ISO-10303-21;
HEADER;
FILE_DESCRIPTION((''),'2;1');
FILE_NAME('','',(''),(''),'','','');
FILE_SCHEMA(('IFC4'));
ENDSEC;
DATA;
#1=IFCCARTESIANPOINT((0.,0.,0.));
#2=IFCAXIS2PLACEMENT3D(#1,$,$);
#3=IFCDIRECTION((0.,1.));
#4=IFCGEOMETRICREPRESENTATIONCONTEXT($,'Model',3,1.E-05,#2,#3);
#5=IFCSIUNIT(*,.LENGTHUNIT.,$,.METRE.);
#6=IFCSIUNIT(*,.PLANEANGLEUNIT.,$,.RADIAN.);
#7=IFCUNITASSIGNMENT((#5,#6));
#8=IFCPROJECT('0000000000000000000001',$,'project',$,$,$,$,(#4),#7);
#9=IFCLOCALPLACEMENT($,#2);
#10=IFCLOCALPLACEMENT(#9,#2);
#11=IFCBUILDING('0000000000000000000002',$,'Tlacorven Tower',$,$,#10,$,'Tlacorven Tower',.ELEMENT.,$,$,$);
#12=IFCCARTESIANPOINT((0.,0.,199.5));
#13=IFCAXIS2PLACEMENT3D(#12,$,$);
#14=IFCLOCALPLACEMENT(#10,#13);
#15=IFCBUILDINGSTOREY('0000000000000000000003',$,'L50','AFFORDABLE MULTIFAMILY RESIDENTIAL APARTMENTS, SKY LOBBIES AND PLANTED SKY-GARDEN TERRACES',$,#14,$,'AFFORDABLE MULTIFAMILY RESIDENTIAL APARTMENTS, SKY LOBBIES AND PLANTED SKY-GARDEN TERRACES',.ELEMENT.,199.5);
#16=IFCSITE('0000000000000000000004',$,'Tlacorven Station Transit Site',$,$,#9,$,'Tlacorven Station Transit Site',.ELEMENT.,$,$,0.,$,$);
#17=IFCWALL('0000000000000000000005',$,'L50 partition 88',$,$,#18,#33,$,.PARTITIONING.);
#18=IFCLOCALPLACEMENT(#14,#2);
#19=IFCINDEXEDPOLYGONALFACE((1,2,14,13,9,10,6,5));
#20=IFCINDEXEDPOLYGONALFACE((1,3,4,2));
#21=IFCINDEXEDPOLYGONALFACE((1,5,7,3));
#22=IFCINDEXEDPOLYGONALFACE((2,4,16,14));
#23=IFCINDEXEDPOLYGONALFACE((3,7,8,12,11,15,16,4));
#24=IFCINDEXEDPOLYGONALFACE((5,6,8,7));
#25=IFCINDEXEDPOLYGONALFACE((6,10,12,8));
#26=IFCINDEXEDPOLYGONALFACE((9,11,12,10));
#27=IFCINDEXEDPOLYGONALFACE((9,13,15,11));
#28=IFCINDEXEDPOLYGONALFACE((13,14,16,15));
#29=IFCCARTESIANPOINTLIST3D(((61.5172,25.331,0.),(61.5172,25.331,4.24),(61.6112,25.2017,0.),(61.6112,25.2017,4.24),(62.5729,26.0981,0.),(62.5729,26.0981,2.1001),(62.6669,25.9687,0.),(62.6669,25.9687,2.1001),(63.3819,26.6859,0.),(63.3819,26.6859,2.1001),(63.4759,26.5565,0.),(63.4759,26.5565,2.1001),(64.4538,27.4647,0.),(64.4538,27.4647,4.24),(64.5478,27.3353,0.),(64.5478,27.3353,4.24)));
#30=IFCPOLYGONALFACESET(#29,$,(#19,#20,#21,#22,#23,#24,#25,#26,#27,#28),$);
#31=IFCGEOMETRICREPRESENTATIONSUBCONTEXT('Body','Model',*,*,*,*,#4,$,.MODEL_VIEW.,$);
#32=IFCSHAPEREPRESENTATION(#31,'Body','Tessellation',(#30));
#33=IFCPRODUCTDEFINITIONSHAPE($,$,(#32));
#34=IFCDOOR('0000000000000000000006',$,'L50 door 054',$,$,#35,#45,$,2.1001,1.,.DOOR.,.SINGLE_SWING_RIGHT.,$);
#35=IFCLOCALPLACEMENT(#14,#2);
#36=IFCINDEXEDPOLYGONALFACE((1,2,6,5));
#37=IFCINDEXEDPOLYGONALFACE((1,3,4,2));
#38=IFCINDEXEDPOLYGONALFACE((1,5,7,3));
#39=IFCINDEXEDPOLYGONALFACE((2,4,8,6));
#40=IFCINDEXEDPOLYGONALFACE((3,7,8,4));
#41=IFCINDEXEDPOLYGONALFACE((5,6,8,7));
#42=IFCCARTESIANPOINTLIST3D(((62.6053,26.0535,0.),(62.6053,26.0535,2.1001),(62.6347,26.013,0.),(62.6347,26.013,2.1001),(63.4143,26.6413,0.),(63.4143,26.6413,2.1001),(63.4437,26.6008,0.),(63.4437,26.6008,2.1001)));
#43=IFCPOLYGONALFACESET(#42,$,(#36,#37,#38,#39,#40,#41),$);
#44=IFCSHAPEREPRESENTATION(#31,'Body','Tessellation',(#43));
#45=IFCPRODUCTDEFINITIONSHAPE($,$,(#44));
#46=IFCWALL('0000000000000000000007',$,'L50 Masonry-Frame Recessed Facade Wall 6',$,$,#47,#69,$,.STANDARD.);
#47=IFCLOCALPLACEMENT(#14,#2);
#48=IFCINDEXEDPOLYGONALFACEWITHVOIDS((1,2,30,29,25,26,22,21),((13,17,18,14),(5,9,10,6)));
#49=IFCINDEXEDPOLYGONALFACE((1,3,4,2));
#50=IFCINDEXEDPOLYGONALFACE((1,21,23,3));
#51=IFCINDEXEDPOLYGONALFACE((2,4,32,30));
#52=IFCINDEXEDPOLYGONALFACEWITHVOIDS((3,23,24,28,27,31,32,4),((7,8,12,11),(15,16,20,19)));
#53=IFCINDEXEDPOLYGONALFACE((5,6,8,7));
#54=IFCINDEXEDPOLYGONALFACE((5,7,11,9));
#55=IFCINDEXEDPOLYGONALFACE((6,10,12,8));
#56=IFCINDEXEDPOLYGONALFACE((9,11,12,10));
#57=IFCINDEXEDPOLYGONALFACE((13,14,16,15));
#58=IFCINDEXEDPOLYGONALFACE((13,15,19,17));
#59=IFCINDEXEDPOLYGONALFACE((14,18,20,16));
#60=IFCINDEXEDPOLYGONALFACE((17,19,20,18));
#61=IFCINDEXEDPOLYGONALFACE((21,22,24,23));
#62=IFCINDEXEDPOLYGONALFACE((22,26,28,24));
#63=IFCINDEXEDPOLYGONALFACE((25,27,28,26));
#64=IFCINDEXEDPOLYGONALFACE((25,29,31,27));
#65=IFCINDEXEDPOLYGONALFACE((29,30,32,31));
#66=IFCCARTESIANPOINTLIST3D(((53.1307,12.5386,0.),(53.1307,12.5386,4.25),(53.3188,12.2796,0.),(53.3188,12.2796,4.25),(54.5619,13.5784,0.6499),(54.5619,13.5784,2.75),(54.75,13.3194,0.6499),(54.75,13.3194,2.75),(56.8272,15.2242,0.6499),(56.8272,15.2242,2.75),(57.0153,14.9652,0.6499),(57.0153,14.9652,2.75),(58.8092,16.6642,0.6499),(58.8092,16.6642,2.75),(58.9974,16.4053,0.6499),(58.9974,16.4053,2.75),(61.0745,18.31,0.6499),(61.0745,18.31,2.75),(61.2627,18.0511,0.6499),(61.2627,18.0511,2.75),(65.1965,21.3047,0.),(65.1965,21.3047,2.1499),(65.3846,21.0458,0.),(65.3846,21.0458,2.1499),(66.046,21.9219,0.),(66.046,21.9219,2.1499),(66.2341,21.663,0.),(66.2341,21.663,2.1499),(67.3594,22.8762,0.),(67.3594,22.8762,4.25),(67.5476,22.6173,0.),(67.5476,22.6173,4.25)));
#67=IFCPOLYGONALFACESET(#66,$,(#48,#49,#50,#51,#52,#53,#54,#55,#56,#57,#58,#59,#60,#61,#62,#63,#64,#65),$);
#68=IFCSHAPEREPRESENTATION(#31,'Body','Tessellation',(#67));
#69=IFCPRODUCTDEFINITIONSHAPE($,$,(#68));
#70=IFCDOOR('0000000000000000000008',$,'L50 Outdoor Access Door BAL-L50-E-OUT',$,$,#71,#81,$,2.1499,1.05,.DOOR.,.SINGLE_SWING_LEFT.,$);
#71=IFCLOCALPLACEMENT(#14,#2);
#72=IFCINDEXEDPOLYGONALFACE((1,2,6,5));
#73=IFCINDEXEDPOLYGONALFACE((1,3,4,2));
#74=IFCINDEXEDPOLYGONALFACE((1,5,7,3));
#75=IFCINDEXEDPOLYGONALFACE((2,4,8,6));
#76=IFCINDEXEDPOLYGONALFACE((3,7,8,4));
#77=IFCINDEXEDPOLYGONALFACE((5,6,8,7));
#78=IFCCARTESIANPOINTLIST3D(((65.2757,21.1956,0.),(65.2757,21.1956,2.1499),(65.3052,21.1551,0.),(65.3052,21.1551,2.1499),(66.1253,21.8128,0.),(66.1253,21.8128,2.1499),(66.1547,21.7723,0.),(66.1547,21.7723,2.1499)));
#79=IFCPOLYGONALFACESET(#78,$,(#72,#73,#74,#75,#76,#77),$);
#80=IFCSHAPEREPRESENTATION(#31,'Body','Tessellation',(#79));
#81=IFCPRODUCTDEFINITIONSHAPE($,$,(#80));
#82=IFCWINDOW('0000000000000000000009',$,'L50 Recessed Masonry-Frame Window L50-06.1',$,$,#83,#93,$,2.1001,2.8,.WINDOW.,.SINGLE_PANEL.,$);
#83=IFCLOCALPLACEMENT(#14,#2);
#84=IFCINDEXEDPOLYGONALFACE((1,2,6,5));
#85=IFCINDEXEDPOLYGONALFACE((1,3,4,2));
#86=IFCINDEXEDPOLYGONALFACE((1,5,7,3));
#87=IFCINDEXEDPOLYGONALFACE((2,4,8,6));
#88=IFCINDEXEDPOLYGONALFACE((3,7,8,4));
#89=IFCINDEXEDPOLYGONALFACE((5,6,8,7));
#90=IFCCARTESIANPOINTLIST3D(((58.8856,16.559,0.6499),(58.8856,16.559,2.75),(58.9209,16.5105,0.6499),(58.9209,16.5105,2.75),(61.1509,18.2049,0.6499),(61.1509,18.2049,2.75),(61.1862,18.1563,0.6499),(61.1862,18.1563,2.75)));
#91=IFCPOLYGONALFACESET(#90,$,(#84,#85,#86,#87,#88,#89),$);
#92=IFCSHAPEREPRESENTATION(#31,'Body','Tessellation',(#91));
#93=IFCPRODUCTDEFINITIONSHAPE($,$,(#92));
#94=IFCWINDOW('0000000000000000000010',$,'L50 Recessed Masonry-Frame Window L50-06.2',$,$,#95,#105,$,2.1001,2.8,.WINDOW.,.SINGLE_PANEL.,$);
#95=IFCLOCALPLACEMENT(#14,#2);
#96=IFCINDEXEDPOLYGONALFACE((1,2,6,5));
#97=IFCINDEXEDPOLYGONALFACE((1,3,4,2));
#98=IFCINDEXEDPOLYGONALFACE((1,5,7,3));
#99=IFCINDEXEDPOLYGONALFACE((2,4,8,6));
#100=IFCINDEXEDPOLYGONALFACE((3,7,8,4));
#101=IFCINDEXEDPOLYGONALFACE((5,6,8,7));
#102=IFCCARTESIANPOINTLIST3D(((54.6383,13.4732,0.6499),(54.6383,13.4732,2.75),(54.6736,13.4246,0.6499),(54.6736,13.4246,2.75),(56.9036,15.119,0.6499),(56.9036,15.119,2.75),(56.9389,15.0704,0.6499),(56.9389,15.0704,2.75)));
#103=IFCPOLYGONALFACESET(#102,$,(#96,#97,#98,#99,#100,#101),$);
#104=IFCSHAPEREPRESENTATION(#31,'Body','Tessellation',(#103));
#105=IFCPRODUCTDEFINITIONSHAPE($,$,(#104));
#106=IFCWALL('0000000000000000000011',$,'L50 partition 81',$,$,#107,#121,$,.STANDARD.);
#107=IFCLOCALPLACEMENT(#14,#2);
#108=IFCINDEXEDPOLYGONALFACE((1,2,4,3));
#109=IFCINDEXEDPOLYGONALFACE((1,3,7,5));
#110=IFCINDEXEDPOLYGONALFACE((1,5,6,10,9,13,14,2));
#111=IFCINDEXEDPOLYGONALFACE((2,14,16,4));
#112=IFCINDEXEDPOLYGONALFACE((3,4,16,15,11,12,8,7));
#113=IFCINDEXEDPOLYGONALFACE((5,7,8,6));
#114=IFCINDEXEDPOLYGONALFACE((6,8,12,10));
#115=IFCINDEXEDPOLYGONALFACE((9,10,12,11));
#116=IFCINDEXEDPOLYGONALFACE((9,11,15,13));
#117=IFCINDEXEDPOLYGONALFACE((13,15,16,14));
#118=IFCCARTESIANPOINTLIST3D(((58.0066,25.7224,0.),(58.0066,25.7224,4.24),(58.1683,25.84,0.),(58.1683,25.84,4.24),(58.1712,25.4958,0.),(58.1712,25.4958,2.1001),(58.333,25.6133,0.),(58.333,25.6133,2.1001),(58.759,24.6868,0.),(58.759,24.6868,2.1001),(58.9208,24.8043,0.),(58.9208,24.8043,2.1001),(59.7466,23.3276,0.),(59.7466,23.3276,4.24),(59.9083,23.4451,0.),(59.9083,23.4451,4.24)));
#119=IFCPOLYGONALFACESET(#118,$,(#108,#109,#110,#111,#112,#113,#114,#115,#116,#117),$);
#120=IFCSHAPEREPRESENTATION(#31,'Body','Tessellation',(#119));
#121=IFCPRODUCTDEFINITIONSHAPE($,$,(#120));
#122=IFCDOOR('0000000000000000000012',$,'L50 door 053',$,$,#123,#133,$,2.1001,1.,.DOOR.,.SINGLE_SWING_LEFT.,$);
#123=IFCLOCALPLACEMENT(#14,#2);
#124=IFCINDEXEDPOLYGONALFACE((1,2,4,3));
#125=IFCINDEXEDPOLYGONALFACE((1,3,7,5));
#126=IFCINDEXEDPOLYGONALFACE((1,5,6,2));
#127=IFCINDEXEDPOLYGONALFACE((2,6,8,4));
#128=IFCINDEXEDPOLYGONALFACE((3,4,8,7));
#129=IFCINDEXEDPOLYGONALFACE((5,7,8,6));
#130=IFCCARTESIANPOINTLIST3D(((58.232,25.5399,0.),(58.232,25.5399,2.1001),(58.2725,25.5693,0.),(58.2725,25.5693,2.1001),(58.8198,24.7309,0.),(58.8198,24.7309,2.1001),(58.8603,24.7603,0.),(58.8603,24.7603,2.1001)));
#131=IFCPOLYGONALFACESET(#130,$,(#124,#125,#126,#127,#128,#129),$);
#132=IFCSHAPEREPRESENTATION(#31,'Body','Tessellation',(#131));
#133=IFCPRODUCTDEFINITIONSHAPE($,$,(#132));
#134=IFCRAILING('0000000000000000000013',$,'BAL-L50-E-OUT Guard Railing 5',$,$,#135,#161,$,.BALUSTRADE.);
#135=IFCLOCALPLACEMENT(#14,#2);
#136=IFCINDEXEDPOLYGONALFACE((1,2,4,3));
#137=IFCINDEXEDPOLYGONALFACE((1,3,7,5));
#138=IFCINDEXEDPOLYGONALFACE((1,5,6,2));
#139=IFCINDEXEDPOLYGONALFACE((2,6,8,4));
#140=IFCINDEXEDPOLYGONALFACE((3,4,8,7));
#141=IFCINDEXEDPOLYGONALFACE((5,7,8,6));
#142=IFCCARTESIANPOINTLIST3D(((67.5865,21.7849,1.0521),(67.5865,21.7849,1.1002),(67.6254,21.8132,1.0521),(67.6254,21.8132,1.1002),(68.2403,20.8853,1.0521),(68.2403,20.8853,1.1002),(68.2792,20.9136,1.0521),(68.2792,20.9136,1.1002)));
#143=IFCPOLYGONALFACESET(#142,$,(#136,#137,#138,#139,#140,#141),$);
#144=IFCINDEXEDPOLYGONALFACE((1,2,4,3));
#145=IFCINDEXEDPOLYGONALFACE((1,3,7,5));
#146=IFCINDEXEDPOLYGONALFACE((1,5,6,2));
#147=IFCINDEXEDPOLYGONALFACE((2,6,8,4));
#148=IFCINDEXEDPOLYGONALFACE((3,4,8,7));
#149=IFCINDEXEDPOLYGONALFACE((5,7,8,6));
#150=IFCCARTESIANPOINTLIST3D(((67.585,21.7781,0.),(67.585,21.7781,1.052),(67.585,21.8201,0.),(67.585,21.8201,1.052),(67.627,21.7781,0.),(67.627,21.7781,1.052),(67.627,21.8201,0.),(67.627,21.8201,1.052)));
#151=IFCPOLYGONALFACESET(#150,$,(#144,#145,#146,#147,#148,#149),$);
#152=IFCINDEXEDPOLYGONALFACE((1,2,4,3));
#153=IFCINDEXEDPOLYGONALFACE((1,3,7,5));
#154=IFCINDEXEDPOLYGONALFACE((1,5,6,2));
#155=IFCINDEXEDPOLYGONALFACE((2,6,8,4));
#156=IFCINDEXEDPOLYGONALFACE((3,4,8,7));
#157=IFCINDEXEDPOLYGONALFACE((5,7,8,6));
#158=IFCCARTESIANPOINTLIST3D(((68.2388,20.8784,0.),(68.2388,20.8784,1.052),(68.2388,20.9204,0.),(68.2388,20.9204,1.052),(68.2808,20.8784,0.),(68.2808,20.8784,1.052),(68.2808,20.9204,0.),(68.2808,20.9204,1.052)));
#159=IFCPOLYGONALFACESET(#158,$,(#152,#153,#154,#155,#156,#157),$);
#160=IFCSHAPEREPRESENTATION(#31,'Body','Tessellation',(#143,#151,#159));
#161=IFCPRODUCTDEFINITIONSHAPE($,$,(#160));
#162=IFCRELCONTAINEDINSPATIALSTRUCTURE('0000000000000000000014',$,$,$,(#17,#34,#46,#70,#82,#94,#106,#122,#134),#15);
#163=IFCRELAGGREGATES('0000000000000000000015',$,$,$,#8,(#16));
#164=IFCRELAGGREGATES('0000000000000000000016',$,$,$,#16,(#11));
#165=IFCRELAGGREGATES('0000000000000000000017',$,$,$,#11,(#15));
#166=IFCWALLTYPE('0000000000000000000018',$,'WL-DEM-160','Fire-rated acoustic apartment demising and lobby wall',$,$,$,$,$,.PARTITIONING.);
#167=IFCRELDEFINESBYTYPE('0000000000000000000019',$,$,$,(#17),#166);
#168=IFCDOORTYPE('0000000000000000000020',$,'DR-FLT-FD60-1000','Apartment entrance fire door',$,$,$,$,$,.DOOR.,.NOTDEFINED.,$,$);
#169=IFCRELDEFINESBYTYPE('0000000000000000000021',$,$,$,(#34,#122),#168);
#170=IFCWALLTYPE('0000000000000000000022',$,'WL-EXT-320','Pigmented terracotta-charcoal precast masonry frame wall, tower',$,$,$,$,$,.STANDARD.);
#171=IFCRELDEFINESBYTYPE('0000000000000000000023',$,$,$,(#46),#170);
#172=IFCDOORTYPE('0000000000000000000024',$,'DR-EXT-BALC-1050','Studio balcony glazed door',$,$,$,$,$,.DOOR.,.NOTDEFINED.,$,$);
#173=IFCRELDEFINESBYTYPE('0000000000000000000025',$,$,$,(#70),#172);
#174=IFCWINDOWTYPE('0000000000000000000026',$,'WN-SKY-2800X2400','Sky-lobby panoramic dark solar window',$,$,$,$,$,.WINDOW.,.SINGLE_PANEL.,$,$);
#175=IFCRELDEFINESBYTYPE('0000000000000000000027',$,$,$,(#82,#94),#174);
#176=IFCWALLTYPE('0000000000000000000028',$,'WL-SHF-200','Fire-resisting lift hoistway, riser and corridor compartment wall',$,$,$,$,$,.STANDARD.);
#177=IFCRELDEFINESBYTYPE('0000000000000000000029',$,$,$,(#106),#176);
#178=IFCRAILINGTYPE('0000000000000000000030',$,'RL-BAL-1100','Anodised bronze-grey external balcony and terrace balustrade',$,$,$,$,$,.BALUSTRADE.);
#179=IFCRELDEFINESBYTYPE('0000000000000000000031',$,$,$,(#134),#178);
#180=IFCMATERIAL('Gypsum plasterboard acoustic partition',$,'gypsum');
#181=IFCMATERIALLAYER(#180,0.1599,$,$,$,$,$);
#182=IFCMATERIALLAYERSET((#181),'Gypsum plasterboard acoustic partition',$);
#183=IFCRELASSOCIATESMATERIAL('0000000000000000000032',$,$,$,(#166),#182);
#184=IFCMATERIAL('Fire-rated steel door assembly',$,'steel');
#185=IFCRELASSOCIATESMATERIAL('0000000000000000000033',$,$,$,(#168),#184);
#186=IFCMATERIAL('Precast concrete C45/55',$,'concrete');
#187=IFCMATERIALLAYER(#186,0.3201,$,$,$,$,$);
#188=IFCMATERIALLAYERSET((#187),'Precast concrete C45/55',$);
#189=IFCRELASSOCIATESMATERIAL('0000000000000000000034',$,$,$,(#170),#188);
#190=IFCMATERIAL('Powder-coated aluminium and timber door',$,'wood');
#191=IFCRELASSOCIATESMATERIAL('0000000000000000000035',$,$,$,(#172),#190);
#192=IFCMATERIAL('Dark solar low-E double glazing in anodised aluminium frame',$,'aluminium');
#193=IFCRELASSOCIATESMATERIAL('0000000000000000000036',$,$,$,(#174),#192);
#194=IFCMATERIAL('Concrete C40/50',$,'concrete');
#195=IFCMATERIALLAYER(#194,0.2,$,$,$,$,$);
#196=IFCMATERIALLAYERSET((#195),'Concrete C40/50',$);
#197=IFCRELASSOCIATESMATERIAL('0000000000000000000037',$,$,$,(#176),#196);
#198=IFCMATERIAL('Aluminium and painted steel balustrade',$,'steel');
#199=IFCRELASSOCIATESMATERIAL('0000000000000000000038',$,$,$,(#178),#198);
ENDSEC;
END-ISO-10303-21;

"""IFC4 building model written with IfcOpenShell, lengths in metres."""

from ifc_helpers import new_model, si_unit, direction, frame, frame_2d, origin, origin_2d, place, context, subcontext, project, spatial, rectangle, extrude, source, transform, mapped, material, layer, layer_set, type_object, element, fill, save


model = new_model("IFC4")

# Units and contexts
model_context = context("Model", 3, precision=1e-05, world=origin(), true_north=direction((0.0, 1.0)))
body_context = subcontext(model_context, "Body", "Model", "MODEL_VIEW")
ifc_project = project(units=[si_unit("LENGTHUNIT", "METRE"), si_unit("PLANEANGLEUNIT", "RADIAN")], contexts=[model_context])

# Site, building, storey
site_placement = place(None, origin())
site = spatial("IfcSite", under=ifc_project, at=site_placement, Name="Tlacorven Station Transit Site", LongName="Tlacorven Station Transit Site", CompositionType="ELEMENT", RefElevation=0.0)
building_placement = place(site_placement, origin())
building = spatial("IfcBuilding", under=site, at=building_placement, Name="Tlacorven Tower", LongName="Tlacorven Tower", CompositionType="ELEMENT")
storey_placement = place(building_placement, frame((0.0, 0.0, 199.5)))
storey = spatial("IfcBuildingStorey", under=building, at=storey_placement, Name="L50", Description="AFFORDABLE MULTIFAMILY RESIDENTIAL APARTMENTS, SKY LOBBIES AND PLANTED SKY-GARDEN TERRACES", LongName="AFFORDABLE MULTIFAMILY RESIDENTIAL APARTMENTS, SKY LOBBIES AND PLANTED SKY-GARDEN TERRACES", CompositionType="ELEMENT", Elevation=199.5)

# Shared definitions
ifc_material_1 = material(Name="Gypsum plasterboard acoustic partition", Category="gypsum")
ifc_layer_1 = layer(ifc_material_1, 0.1599)
ifc_layer_set_1 = layer_set([ifc_layer_1], Name="Gypsum plasterboard acoustic partition")
wall_type_1 = type_object("IfcWallType", Name="WL-DEM-160", Description="Fire-rated acoustic apartment demising and lobby wall", PredefinedType="PARTITIONING", material=ifc_layer_set_1)
ifc_material_2 = material(Name="Fire-rated steel door assembly", Category="steel")
door_type_1 = type_object("IfcDoorType", Name="DR-FLT-FD60-1000", Description="Apartment entrance fire door", OperationType="NOTDEFINED", PredefinedType="DOOR", material=ifc_material_2)
shared_shape_1 = source(origin(), body_context, "Body", "SweptSolid", [
    extrude(rectangle(XDim=1.0, YDim=2.1001, at=frame_2d((0.5, 1.05))), frame((0.0, 0.0249, 0.0), z_axis=(0.0, -1.0, 0.0), x_axis=(1.0, 0.0, 0.0)), (0.0, 0.0, 1.0), 0.05),
])

# Wall, opening, door
wall_1_placement = place(storey_placement, frame((61.5642, 25.2664, 0.0), z_axis=(0.0, 0.0, 1.0), x_axis=(0.809012, 0.587792, 0.0)))
wall_1 = element("IfcWall", 1, at=wall_1_placement, inside=storey, type_object=wall_type_1, Name="L50 partition 88", PredefinedType="PARTITIONING", context=body_context, shape_type="SweptSolid", body=[
    extrude(rectangle(XDim=3.6299, YDim=0.1599, at=frame_2d((1.8149, 0.0))), origin(), (0.0, 0.0, 1.0), 4.24),
])
opening_1_placement = place(wall_1_placement, frame((1.3049, 0.0, 0.0)))
opening_1 = element("IfcOpeningElement", 2, at=opening_1_placement, cuts=wall_1, PredefinedType="OPENING", context=body_context, shape_type="SweptSolid", body=[
    extrude(rectangle(XDim=1.0, YDim=2.1001, at=frame_2d((0.5, 1.05))), frame((0.0, 0.0898, 0.0), z_axis=(0.0, -1.0, 0.0), x_axis=(1.0, 0.0, 0.0)), (0.0, 0.0, 1.0), 0.1799),
])
door_1_placement = place(opening_1_placement, origin())
door_1 = element("IfcDoor", 3, at=door_1_placement, inside=storey, type_object=door_type_1, Name="L50 door 054", OperationType="SINGLE_SWING_RIGHT", OverallHeight=2.1001, OverallWidth=1.0, PredefinedType="DOOR", context=body_context, shape_type="MappedRepresentation", body=[
    mapped(shared_shape_1, transform((0.0, 0.0, 0.0), scale=1.0)),
])
fill(opening_1, door_1)

# Wall, openings, door, windows
ifc_material_3 = material(Name="Precast concrete C45/55", Category="concrete")
ifc_layer_2 = layer(ifc_material_3, 0.3201)
ifc_layer_set_2 = layer_set([ifc_layer_2], Name="Precast concrete C45/55")
wall_type_2 = type_object("IfcWallType", Name="WL-EXT-320", Description="Pigmented terracotta-charcoal precast masonry frame wall, tower", PredefinedType="STANDARD", material=ifc_layer_set_2)
wall_2_placement = place(storey_placement, frame((67.4536, 22.7468, 0.0), z_axis=(0.0, 0.0, 1.0), x_axis=(-0.809021, -0.58778, 0.0)))
wall_2 = element("IfcWall", 4, at=wall_2_placement, inside=storey, type_object=wall_type_2, Name="L50 Masonry-Frame Recessed Facade Wall 6", PredefinedType="STANDARD", context=body_context, shape_type="SweptSolid", body=[
    extrude(rectangle(XDim=17.5876, YDim=0.3201, at=frame_2d((8.7939, 0.0))), origin(), (0.0, 0.0, 1.0), 4.25),
])
opening_2_placement = place(wall_2_placement, frame((1.6238, 0.0, 0.0)))
opening_2 = element("IfcOpeningElement", 5, at=opening_2_placement, cuts=wall_2, PredefinedType="OPENING", context=body_context, shape_type="SweptSolid", body=[
    extrude(rectangle(XDim=1.05, YDim=2.1499, at=frame_2d((0.5249, 1.075))), frame((0.0, 0.1699, 0.0), z_axis=(0.0, -1.0, 0.0), x_axis=(1.0, 0.0, 0.0)), (0.0, 0.0, 1.0), 0.3401),
])
opening_3_placement = place(wall_2_placement, frame((7.7688, 0.0, 0.6499)))
opening_3 = element("IfcOpeningElement", 6, at=opening_3_placement, cuts=wall_2, PredefinedType="OPENING", context=body_context, shape_type="SweptSolid", body=[
    extrude(rectangle(XDim=2.8, YDim=2.1001, at=frame_2d((1.3999, 1.05))), frame((0.0, 0.1699, 0.0), z_axis=(0.0, -1.0, 0.0), x_axis=(1.0, 0.0, 0.0)), (0.0, 0.0, 1.0), 0.3401),
])
opening_4_placement = place(wall_2_placement, frame((13.0188, 0.0, 0.6499)))
opening_4 = element("IfcOpeningElement", 7, at=opening_4_placement, cuts=wall_2, PredefinedType="OPENING", context=body_context, shape_type="SweptSolid", body=[
    extrude(rectangle(XDim=2.8, YDim=2.1001, at=frame_2d((1.3999, 1.05))), frame((0.0, 0.1699, 0.0), z_axis=(0.0, -1.0, 0.0), x_axis=(1.0, 0.0, 0.0)), (0.0, 0.0, 1.0), 0.3401),
])
ifc_material_4 = material(Name="Powder-coated aluminium and timber door", Category="wood")
door_type_2 = type_object("IfcDoorType", Name="DR-EXT-BALC-1050", Description="Studio balcony glazed door", OperationType="NOTDEFINED", PredefinedType="DOOR", material=ifc_material_4)
shared_shape_2 = source(origin(), body_context, "Body", "SweptSolid", [
    extrude(rectangle(XDim=1.05, YDim=2.1499, at=frame_2d((0.5249, 1.075))), frame((0.0, 0.0249, 0.0), z_axis=(0.0, -1.0, 0.0), x_axis=(1.0, 0.0, 0.0)), (0.0, 0.0, 1.0), 0.05),
])
door_2_placement = place(opening_2_placement, origin())
door_2 = element("IfcDoor", 8, at=door_2_placement, inside=storey, type_object=door_type_2, Name="L50 Outdoor Access Door BAL-L50-E-OUT", OperationType="SINGLE_SWING_LEFT", OverallHeight=2.1499, OverallWidth=1.05, PredefinedType="DOOR", context=body_context, shape_type="MappedRepresentation", body=[
    mapped(shared_shape_2, transform((0.0, 0.0, 0.0), scale=1.0)),
])
fill(opening_2, door_2)
ifc_material_5 = material(Name="Dark solar low-E double glazing in anodised aluminium frame", Category="aluminium")
window_type = type_object("IfcWindowType", Name="WN-SKY-2800X2400", Description="Sky-lobby panoramic dark solar window", PartitioningType="SINGLE_PANEL", PredefinedType="WINDOW", material=ifc_material_5)
shared_shape_3 = source(origin(), body_context, "Body", "SweptSolid", [
    extrude(rectangle(XDim=2.8, YDim=2.1001, at=frame_2d((1.3999, 1.05))), frame((0.0, 0.03, 0.0), z_axis=(0.0, -1.0, 0.0), x_axis=(1.0, 0.0, 0.0)), (0.0, 0.0, 1.0), 0.0601),
])
window_1_placement = place(opening_3_placement, origin())
window_1 = element("IfcWindow", 9, at=window_1_placement, inside=storey, type_object=window_type, Name="L50 Recessed Masonry-Frame Window L50-06.1", OverallHeight=2.1001, OverallWidth=2.8, PartitioningType="SINGLE_PANEL", PredefinedType="WINDOW", context=body_context, shape_type="MappedRepresentation", body=[
    mapped(shared_shape_3, transform((0.0, 0.0, 0.0), scale=1.0)),
])
fill(opening_3, window_1)
window_2_placement = place(opening_4_placement, origin())
window_2 = element("IfcWindow", 10, at=window_2_placement, inside=storey, type_object=window_type, Name="L50 Recessed Masonry-Frame Window L50-06.2", OverallHeight=2.1001, OverallWidth=2.8, PartitioningType="SINGLE_PANEL", PredefinedType="WINDOW", context=body_context, shape_type="MappedRepresentation", body=[
    mapped(shared_shape_3, transform((0.0, 0.0, 0.0), scale=1.0)),
])
fill(opening_4, window_2)

# Wall, opening, door
ifc_material_6 = material(Name="Concrete C40/50", Category="concrete")
ifc_layer_3 = layer(ifc_material_6, 0.2)
ifc_layer_set_3 = layer_set([ifc_layer_3], Name="Concrete C40/50")
wall_type_3 = type_object("IfcWallType", Name="WL-SHF-200", Description="Fire-resisting lift hoistway, riser and corridor compartment wall", PredefinedType="STANDARD", material=ifc_layer_set_3)
wall_3_placement = place(storey_placement, frame((59.8274, 23.3865, 0.0), z_axis=(0.0, 0.0, 1.0), x_axis=(-0.587804, 0.809003, 0.0)))
wall_3 = element("IfcWall", 11, at=wall_3_placement, inside=storey, type_object=wall_type_3, Name="L50 partition 81", PredefinedType="STANDARD", context=body_context, shape_type="SweptSolid", body=[
    extrude(rectangle(XDim=2.9602, YDim=0.2, at=frame_2d((1.48, 0.0))), origin(), (0.0, 0.0, 1.0), 4.24),
])
opening_5_placement = place(wall_3_placement, frame((1.6799, 0.0, 0.0)))
opening_5 = element("IfcOpeningElement", 12, at=opening_5_placement, cuts=wall_3, PredefinedType="OPENING", context=body_context, shape_type="SweptSolid", body=[
    extrude(rectangle(XDim=1.0, YDim=2.1001, at=frame_2d((0.5, 1.05))), frame((0.0, 0.1099, 0.0), z_axis=(0.0, -1.0, 0.0), x_axis=(1.0, 0.0, 0.0)), (0.0, 0.0, 1.0), 0.22),
])
door_3_placement = place(opening_5_placement, origin())
door_3 = element("IfcDoor", 13, at=door_3_placement, inside=storey, type_object=door_type_1, Name="L50 door 053", OperationType="SINGLE_SWING_LEFT", OverallHeight=2.1001, OverallWidth=1.0, PredefinedType="DOOR", context=body_context, shape_type="MappedRepresentation", body=[
    mapped(shared_shape_1, transform((0.0, 0.0, 0.0), scale=1.0)),
])
fill(opening_5, door_3)

# Railing
ifc_material_7 = material(Name="Aluminium and painted steel balustrade", Category="steel")
railing_type = type_object("IfcRailingType", Name="RL-BAL-1100", Description="Anodised bronze-grey external balcony and terrace balustrade", PredefinedType="BALUSTRADE", material=ifc_material_7)
shared_shape_4 = source(origin(), body_context, "Body", "SweptSolid", [
    extrude(rectangle(XDim=0.0481, YDim=0.0481, at=origin_2d()), frame((0.0, 0.0, 1.0762), z_axis=(0.587884, -0.808945, 0.0), x_axis=(0.808945, 0.587884, 0.0)), (0.0, 0.0, 1.0), 1.1121),
    extrude(rectangle(XDim=0.042, YDim=0.042, at=origin_2d()), origin(), (0.0, 0.0, 1.0), 1.052),
    extrude(rectangle(XDim=0.042, YDim=0.042, at=origin_2d()), frame((0.6538, -0.8997, 0.0)), (0.0, 0.0, 1.0), 1.052),
])
railing_1_placement = place(storey_placement, frame((67.606, 21.7991, 0.0)))
element("IfcRailing", 14, at=railing_1_placement, inside=storey, type_object=railing_type, Name="BAL-L50-E-OUT Guard Railing 5", PredefinedType="BALUSTRADE", context=body_context, shape_type="MappedRepresentation", body=[
    mapped(shared_shape_4, transform((0.0, 0.0, 0.0), scale=1.0)),
])

save(model, "model.ifc")
